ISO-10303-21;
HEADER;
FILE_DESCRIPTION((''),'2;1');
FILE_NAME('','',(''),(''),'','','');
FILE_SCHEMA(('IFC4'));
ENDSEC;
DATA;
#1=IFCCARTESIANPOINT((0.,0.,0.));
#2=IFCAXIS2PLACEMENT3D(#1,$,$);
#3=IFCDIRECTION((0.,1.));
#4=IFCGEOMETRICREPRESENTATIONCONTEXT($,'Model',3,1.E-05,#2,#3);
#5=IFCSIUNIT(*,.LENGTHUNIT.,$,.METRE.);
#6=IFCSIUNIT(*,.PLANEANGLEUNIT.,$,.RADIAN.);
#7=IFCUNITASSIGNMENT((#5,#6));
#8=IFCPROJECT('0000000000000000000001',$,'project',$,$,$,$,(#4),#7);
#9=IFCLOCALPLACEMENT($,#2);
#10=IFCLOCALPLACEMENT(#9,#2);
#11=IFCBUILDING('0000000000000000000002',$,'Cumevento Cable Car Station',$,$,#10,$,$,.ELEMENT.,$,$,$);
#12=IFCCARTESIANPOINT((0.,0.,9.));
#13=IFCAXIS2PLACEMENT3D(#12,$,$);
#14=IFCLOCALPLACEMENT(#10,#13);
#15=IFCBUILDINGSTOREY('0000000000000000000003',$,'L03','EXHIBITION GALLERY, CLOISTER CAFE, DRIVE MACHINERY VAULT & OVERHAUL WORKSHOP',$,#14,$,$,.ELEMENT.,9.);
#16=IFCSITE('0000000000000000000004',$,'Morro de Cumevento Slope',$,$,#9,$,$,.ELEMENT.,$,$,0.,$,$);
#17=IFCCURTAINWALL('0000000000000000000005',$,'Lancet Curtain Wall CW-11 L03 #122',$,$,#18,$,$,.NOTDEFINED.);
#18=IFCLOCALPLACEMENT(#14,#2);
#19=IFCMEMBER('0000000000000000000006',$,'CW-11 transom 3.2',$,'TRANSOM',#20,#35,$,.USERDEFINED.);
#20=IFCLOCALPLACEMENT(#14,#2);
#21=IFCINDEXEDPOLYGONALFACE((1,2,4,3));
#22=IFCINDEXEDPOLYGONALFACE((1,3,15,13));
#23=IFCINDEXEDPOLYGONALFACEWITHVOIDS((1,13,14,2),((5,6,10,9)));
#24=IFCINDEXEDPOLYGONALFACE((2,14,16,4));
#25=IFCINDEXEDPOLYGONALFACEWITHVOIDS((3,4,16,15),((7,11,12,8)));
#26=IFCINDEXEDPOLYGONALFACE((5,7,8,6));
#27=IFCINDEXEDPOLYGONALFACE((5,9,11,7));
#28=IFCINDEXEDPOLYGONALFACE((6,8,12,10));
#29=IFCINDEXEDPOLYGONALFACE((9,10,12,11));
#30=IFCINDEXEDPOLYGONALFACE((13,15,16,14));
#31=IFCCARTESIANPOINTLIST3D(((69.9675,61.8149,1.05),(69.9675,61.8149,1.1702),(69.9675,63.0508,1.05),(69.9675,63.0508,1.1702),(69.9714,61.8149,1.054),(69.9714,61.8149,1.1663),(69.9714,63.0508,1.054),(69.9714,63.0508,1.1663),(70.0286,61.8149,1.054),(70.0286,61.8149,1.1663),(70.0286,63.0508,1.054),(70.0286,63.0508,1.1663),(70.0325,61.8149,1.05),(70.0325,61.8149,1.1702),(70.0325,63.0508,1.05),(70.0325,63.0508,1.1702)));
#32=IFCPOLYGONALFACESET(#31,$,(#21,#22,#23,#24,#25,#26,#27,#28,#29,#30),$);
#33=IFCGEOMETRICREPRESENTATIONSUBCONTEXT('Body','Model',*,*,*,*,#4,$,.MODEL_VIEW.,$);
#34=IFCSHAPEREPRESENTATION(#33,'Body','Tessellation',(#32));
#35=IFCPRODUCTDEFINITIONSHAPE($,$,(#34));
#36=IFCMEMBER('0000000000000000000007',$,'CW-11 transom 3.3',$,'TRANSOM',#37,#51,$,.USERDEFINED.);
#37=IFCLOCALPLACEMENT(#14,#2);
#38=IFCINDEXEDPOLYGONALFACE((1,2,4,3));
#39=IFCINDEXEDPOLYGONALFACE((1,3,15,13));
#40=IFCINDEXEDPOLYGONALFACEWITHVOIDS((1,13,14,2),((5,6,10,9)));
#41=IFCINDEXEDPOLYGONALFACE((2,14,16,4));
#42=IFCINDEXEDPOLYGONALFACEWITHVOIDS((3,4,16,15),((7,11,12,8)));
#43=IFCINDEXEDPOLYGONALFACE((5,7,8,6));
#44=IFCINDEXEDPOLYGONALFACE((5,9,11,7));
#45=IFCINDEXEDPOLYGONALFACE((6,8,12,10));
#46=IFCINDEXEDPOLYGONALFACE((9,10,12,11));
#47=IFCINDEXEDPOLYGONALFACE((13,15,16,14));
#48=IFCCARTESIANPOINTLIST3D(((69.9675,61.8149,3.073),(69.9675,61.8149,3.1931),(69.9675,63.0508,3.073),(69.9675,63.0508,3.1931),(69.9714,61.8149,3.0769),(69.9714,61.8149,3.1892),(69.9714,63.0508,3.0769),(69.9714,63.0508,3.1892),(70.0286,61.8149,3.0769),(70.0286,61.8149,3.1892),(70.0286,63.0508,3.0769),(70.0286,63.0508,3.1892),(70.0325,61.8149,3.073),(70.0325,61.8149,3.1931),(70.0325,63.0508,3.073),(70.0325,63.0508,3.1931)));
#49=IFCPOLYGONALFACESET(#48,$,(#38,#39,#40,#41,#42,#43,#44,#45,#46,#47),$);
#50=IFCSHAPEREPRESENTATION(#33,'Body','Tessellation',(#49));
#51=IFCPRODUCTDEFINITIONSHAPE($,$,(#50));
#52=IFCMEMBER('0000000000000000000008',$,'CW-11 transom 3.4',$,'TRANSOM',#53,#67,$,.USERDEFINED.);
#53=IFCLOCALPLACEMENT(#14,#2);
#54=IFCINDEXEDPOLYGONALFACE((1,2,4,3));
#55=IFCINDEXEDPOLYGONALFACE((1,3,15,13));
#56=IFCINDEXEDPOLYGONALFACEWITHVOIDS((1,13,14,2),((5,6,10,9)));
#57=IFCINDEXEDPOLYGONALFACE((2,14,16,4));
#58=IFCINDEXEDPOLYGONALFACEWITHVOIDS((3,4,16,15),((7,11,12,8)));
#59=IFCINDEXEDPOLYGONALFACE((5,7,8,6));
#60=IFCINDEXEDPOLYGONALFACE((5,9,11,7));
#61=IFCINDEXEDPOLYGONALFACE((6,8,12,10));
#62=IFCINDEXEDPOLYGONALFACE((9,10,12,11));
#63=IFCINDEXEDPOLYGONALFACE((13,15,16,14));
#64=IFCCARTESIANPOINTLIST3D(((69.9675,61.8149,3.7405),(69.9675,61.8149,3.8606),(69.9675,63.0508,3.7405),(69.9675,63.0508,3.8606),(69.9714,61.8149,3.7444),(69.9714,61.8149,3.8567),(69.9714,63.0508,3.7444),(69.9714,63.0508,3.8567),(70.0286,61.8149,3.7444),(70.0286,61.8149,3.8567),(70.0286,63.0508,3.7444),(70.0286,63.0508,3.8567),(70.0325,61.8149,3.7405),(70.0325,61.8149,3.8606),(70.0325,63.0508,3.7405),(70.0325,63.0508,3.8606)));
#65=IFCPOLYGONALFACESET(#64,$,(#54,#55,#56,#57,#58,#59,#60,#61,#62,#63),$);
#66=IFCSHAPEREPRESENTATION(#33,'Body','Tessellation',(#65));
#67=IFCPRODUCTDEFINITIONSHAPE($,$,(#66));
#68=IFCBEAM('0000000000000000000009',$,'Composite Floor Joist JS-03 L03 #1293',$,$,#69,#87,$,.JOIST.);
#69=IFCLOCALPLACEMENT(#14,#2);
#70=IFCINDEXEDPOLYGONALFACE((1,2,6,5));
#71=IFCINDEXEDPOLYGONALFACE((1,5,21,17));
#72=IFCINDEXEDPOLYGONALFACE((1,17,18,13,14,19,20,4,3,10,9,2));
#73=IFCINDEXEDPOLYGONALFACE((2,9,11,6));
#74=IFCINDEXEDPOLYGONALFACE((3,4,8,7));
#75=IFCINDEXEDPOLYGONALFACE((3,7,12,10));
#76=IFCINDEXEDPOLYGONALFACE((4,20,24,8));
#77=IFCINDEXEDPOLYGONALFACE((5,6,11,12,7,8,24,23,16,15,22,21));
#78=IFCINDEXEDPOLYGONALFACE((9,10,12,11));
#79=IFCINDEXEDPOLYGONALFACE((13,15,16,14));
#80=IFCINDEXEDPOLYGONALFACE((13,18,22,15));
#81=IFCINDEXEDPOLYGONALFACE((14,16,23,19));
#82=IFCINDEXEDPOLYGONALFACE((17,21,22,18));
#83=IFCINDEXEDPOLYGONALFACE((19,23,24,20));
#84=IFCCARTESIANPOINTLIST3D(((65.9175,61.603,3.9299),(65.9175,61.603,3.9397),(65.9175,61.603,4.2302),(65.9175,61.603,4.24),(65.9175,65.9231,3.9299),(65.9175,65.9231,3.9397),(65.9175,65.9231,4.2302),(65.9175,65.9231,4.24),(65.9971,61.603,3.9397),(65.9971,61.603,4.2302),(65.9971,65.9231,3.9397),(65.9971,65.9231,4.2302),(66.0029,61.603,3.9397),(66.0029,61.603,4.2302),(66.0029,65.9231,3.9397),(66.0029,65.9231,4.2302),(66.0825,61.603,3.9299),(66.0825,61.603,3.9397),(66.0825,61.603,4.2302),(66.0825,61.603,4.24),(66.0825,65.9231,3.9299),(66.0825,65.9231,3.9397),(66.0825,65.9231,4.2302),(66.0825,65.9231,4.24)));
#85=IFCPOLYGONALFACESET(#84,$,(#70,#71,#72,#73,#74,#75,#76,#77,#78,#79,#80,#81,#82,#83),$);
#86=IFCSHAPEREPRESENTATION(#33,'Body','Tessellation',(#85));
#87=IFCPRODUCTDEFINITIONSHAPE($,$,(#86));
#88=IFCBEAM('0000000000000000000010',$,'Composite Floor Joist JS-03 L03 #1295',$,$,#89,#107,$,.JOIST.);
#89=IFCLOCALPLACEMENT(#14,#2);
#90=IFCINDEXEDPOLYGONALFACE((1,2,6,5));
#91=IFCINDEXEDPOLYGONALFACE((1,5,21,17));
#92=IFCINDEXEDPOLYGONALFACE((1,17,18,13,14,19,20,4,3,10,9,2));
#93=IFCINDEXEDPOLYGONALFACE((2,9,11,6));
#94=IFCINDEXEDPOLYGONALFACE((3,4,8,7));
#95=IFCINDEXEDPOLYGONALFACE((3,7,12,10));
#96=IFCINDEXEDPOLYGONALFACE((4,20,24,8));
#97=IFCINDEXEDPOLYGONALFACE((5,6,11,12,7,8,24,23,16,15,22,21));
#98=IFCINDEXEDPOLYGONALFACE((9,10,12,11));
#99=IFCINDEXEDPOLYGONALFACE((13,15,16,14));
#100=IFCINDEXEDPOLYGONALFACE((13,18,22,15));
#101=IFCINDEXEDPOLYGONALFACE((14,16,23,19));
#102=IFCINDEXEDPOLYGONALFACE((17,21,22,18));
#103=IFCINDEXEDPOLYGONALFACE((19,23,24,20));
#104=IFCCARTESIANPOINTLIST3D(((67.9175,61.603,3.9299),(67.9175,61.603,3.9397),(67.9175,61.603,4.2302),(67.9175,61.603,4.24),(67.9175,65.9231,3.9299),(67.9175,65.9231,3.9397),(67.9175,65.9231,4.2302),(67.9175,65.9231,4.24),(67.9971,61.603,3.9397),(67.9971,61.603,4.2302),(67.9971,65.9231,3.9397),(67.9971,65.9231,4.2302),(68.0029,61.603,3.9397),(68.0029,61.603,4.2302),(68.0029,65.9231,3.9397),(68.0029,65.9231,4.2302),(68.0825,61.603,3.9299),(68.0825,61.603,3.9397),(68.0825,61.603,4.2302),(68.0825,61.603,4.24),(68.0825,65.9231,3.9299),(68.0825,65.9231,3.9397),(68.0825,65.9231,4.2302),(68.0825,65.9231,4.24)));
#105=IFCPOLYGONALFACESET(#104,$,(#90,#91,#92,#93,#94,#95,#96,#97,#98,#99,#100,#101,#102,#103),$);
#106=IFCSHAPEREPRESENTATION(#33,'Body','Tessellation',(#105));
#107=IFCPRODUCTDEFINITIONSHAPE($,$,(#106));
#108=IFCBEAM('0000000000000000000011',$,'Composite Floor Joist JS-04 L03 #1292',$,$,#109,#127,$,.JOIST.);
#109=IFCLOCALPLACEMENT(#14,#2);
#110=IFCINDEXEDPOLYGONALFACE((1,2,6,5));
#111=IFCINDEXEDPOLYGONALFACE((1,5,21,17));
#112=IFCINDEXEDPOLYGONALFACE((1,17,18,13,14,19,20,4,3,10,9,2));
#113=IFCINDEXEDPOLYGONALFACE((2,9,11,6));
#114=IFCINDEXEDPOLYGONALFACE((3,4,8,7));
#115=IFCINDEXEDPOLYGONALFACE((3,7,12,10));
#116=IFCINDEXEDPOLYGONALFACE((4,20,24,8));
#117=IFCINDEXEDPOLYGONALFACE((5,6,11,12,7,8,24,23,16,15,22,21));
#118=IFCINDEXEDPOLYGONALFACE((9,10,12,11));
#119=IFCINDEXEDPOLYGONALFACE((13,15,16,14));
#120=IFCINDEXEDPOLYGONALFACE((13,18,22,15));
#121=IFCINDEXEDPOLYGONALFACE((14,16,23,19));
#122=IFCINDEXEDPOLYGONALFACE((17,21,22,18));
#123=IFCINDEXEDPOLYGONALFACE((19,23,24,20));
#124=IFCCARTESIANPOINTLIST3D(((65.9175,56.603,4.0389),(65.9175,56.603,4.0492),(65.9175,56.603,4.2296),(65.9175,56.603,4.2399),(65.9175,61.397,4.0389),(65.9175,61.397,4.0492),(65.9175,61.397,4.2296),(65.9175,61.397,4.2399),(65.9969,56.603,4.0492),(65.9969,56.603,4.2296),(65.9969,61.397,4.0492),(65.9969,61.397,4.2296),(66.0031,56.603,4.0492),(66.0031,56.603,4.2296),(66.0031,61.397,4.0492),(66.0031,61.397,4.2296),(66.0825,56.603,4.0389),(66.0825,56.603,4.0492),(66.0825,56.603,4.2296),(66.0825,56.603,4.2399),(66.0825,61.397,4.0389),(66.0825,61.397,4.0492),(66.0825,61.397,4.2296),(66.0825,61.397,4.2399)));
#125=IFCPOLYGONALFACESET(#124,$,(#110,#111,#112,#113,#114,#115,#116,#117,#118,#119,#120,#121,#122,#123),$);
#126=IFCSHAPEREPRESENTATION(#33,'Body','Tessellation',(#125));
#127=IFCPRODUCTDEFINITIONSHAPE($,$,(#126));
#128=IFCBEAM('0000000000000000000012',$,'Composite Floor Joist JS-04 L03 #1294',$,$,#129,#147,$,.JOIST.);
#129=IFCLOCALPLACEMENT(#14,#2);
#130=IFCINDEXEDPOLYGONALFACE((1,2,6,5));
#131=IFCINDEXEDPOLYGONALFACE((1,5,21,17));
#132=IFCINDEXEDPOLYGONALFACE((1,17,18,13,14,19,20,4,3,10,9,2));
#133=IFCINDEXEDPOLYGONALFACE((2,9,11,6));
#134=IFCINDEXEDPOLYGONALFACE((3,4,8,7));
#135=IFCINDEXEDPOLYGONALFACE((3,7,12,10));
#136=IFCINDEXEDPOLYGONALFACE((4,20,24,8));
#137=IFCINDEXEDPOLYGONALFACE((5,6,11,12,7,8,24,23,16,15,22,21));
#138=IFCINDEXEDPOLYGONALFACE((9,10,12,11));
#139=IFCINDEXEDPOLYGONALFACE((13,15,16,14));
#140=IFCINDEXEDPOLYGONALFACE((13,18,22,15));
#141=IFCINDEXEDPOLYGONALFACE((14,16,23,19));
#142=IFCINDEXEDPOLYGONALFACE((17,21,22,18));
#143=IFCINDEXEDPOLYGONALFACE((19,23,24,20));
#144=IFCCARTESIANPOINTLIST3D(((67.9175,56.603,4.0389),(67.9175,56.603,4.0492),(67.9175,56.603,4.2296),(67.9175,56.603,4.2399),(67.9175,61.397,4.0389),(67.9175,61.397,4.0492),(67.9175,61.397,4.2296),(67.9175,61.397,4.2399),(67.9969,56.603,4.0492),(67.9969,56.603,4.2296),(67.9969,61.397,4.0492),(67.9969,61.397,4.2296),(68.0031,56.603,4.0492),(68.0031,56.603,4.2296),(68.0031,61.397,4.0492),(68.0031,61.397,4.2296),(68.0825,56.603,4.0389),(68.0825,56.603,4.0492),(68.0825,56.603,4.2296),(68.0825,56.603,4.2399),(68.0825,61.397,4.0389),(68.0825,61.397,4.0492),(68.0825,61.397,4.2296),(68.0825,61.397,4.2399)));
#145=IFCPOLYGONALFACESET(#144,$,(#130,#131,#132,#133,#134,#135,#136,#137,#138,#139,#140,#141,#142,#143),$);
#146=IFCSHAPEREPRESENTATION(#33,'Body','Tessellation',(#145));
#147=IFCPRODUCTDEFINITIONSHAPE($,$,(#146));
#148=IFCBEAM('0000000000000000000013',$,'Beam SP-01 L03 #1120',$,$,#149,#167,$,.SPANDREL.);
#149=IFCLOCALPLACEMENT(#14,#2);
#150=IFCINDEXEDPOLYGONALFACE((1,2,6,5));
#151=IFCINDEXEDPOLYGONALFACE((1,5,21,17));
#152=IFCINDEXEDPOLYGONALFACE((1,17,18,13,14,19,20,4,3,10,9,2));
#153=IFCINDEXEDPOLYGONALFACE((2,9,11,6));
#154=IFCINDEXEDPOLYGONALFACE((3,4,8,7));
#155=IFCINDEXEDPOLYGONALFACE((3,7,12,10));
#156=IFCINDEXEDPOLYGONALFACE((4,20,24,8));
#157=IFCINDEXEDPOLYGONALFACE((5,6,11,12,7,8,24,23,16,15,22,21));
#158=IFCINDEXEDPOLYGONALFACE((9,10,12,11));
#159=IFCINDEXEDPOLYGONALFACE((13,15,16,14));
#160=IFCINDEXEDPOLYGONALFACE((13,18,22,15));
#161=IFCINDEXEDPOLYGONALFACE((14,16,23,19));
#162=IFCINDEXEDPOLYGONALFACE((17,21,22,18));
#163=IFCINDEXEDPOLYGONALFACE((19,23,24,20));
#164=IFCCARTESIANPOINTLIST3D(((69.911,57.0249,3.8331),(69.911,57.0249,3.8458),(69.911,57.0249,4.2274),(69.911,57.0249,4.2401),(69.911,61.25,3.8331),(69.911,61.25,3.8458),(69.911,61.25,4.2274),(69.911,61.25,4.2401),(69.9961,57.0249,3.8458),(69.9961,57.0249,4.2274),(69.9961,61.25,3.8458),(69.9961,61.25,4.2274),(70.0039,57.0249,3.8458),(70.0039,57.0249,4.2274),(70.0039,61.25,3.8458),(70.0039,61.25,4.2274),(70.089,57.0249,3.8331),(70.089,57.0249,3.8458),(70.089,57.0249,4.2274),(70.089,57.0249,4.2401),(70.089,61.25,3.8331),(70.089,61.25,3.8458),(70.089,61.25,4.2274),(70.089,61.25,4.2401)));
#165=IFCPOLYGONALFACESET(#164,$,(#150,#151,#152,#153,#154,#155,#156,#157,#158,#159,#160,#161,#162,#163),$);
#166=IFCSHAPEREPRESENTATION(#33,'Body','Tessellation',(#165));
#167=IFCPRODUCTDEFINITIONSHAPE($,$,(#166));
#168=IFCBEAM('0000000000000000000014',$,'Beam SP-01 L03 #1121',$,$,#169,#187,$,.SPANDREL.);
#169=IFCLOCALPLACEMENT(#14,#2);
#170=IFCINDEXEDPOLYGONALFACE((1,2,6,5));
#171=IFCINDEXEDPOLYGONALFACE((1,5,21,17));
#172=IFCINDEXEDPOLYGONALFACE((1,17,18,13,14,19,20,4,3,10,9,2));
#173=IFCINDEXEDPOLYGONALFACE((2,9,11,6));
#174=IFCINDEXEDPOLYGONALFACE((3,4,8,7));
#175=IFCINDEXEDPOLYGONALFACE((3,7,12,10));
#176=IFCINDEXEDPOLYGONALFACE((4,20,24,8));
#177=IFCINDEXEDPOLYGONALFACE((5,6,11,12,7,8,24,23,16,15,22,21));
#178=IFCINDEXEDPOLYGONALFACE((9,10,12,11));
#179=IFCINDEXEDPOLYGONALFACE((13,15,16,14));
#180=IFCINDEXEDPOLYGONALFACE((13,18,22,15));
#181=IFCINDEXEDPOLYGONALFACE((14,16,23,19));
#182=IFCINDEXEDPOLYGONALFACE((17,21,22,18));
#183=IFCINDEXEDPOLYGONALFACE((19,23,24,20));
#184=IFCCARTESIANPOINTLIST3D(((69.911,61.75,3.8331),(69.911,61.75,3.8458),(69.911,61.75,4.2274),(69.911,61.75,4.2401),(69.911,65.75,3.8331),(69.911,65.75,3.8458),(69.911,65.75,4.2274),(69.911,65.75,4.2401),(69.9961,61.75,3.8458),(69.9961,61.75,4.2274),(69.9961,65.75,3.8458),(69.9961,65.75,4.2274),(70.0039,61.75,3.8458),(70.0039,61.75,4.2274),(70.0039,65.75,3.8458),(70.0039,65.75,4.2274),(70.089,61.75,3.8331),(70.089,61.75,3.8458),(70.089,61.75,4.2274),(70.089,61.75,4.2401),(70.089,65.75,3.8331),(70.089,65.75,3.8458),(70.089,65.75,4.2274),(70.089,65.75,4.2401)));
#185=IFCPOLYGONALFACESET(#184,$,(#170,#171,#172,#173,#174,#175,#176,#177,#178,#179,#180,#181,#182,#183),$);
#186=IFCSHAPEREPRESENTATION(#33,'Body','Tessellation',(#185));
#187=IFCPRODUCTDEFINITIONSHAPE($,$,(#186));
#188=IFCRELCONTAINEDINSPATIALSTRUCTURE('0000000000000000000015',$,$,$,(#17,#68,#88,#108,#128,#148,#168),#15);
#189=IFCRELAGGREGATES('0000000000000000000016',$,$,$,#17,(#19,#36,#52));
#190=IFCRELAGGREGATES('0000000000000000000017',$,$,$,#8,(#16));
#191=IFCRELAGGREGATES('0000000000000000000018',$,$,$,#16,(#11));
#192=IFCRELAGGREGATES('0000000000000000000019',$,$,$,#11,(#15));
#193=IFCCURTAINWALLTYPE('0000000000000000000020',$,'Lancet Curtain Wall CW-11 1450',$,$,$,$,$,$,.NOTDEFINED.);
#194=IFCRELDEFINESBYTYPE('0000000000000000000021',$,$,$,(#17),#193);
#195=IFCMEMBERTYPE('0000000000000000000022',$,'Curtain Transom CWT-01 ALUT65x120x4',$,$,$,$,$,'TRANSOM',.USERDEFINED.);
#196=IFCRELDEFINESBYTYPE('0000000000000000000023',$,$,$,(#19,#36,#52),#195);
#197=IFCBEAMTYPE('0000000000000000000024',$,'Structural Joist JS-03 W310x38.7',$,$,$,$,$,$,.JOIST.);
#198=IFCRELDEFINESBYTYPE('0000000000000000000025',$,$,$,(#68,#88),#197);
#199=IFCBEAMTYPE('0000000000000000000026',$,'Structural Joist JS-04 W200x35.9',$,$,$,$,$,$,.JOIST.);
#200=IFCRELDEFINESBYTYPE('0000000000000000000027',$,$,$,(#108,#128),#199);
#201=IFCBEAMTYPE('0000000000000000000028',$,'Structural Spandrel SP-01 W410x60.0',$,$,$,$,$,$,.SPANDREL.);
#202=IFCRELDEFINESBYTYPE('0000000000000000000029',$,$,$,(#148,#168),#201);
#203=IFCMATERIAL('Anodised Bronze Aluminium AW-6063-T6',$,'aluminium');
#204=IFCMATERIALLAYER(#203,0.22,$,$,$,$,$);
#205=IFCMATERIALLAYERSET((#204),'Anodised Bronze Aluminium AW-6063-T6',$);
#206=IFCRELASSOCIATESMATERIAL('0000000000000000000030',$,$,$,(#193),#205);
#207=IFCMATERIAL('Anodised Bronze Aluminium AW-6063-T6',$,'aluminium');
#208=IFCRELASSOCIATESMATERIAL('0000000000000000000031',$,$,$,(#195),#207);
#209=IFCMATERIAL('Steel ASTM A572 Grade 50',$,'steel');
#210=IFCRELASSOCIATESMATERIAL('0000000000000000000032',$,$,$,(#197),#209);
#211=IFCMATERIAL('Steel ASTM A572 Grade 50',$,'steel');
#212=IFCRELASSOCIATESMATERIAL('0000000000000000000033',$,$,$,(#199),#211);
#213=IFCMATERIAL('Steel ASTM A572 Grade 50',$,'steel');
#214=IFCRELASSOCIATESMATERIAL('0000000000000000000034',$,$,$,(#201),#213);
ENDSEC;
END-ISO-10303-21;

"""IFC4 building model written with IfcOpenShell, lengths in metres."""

from ifc_helpers import new_model, si_unit, direction, frame, origin, origin_2d, place, context, subcontext, project, spatial, hollow_rectangle, i_section, extrude, material, layer, layer_set, material_profile, profile_set, type_object, element, aggregate, save


model = new_model("IFC4")

# Units and contexts
model_context = context("Model", 3, precision=1e-05, world=origin(), true_north=direction((0.0, 1.0)))
body_context = subcontext(model_context, "Body", "Model", "MODEL_VIEW")
ifc_project = project(units=[si_unit("LENGTHUNIT", "METRE"), si_unit("PLANEANGLEUNIT", "RADIAN")], contexts=[model_context])

# Site, building, storey
site_placement = place(None, origin())
site = spatial("IfcSite", under=ifc_project, at=site_placement, Name="Morro de Cumevento Slope", CompositionType="ELEMENT", RefElevation=0.0)
building_placement = place(site_placement, origin())
building = spatial("IfcBuilding", under=site, at=building_placement, Name="Cumevento Cable Car Station", CompositionType="ELEMENT")
storey_placement = place(building_placement, frame((0.0, 0.0, 9.0)))
storey = spatial("IfcBuildingStorey", under=building, at=storey_placement, Name="L03", Description="EXHIBITION GALLERY, CLOISTER CAFE, DRIVE MACHINERY VAULT & OVERHAUL WORKSHOP", CompositionType="ELEMENT", Elevation=9.0)

# Curtain wall, members
ifc_material_1 = material(Name="Anodised Bronze Aluminium AW-6063-T6", Category="aluminium")
ifc_layer_1 = layer(ifc_material_1, 0.22)
ifc_layer_set_1 = layer_set([ifc_layer_1], Name="Anodised Bronze Aluminium AW-6063-T6")
curtain_wall_type = type_object("IfcCurtainWallType", Name="Lancet Curtain Wall CW-11 1450", PredefinedType="NOTDEFINED", material=ifc_layer_set_1)
curtain_wall_placement = place(storey_placement, origin())
curtain_wall = element("IfcCurtainWall", 1, at=curtain_wall_placement, inside=storey, type_object=curtain_wall_type, Name="Lancet Curtain Wall CW-11 L03 #122", PredefinedType="NOTDEFINED")
ifc_material_2 = material(Name="Anodised Bronze Aluminium AW-6063-T6", Category="aluminium")
ifc_material_profile_1 = material_profile(ifc_material_2, hollow_rectangle(XDim=0.0649, YDim=0.1201, WallThickness=0.0039, at=origin_2d()), Name="ALUT65x120x4")
ifc_profile_set_1 = profile_set([ifc_material_profile_1], Name="Anodised Bronze Aluminium AW-6063-T6")
member_type_1 = type_object("IfcMemberType", Name="Curtain Transom CWT-01 ALUT65x120x4", ElementType="TRANSOM", PredefinedType="USERDEFINED", material=ifc_profile_set_1)
member_1_placement = place(storey_placement, frame((70.0, 63.0508, 1.1101), z_axis=(0.0, -1.0, 0.0), x_axis=(1.0, 0.0, 0.0)))
member_1 = element("IfcMember", 2, at=member_1_placement, type_object=member_type_1, Name="CW-11 transom 3.2", ObjectType="TRANSOM", PredefinedType="USERDEFINED", context=body_context, shape_type="SweptSolid", body=[
    extrude(hollow_rectangle(XDim=0.0649, YDim=0.1201, WallThickness=0.0039, at=origin_2d()), origin(), (0.0, 0.0, 1.0), 1.2358),
])
member_2_placement = place(storey_placement, frame((70.0, 63.0508, 3.1331), z_axis=(0.0, -1.0, 0.0), x_axis=(1.0, 0.0, 0.0)))
member_2 = element("IfcMember", 3, at=member_2_placement, type_object=member_type_1, Name="CW-11 transom 3.3", ObjectType="TRANSOM", PredefinedType="USERDEFINED", context=body_context, shape_type="SweptSolid", body=[
    extrude(hollow_rectangle(XDim=0.0649, YDim=0.1201, WallThickness=0.0039, at=origin_2d()), origin(), (0.0, 0.0, 1.0), 1.2358),
])
member_3_placement = place(storey_placement, frame((70.0, 63.0508, 3.8005), z_axis=(0.0, -1.0, 0.0), x_axis=(1.0, 0.0, 0.0)))
member_3 = element("IfcMember", 4, at=member_3_placement, type_object=member_type_1, Name="CW-11 transom 3.4", ObjectType="TRANSOM", PredefinedType="USERDEFINED", context=body_context, shape_type="SweptSolid", body=[
    extrude(hollow_rectangle(XDim=0.0649, YDim=0.1201, WallThickness=0.0039, at=origin_2d()), origin(), (0.0, 0.0, 1.0), 1.2358),
])

# Beams
ifc_material_3 = material(Name="Steel ASTM A572 Grade 50", Category="steel")
ifc_material_profile_2 = material_profile(ifc_material_3, i_section(OverallWidth=0.165, OverallDepth=0.3101, WebThickness=0.0059, FlangeThickness=0.0098, at=origin_2d()), Name="W310x38.7")
ifc_profile_set_2 = profile_set([ifc_material_profile_2], Name="Steel ASTM A572 Grade 50")
beam_type_1 = type_object("IfcBeamType", Name="Structural Joist JS-03 W310x38.7", PredefinedType="JOIST", material=ifc_profile_set_2)
for number, where, z_axis, x_axis, name in (
    (5, (66.0, 61.603, 4.085), (0.0, 1.0, 0.0), (-1.0, 0.0, 0.0), "Composite Floor Joist JS-03 L03 #1293"),
    (6, (68.0, 61.603, 4.085), (0.0, 1.0, 0.0), (-1.0, 0.0, 0.0), "Composite Floor Joist JS-03 L03 #1295"),
):
    element("IfcBeam", number, at=place(storey_placement, frame(where, z_axis=z_axis, x_axis=x_axis)), inside=storey, type_object=beam_type_1, Name=name, PredefinedType="JOIST", context=body_context, shape_type="SweptSolid", body=[
        extrude(i_section(OverallWidth=0.165, OverallDepth=0.3101, WebThickness=0.0059, FlangeThickness=0.0098, at=origin_2d()), origin(), (0.0, 0.0, 1.0), 4.3201),
    ])
ifc_material_4 = material(Name="Steel ASTM A572 Grade 50", Category="steel")
ifc_material_profile_3 = material_profile(ifc_material_4, i_section(OverallWidth=0.165, OverallDepth=0.2009, WebThickness=0.0061, FlangeThickness=0.0103, at=origin_2d()), Name="W200x35.9")
ifc_profile_set_3 = profile_set([ifc_material_profile_3], Name="Steel ASTM A572 Grade 50")
beam_type_2 = type_object("IfcBeamType", Name="Structural Joist JS-04 W200x35.9", PredefinedType="JOIST", material=ifc_profile_set_3)
for number, where, z_axis, x_axis, name in (
    (7, (66.0, 56.603, 4.1394), (0.0, 1.0, 0.0), (-1.0, 0.0, 0.0), "Composite Floor Joist JS-04 L03 #1292"),
    (8, (68.0, 56.603, 4.1394), (0.0, 1.0, 0.0), (-1.0, 0.0, 0.0), "Composite Floor Joist JS-04 L03 #1294"),
):
    element("IfcBeam", number, at=place(storey_placement, frame(where, z_axis=z_axis, x_axis=x_axis)), inside=storey, type_object=beam_type_2, Name=name, PredefinedType="JOIST", context=body_context, shape_type="SweptSolid", body=[
        extrude(i_section(OverallWidth=0.165, OverallDepth=0.2009, WebThickness=0.0061, FlangeThickness=0.0103, at=origin_2d()), origin(), (0.0, 0.0, 1.0), 4.7939),
    ])
ifc_material_5 = material(Name="Steel ASTM A572 Grade 50", Category="steel")
ifc_material_profile_4 = material_profile(ifc_material_5, i_section(OverallWidth=0.178, OverallDepth=0.407, WebThickness=0.0078, FlangeThickness=0.0127, at=origin_2d()), Name="W410x60.0")
ifc_profile_set_4 = profile_set([ifc_material_profile_4], Name="Steel ASTM A572 Grade 50")
beam_type_3 = type_object("IfcBeamType", Name="Structural Spandrel SP-01 W410x60.0", PredefinedType="SPANDREL", material=ifc_profile_set_4)
beam_1_placement = place(storey_placement, frame((70.0, 57.0249, 4.0366), z_axis=(0.0, 1.0, 0.0), x_axis=(-1.0, 0.0, 0.0)))
element("IfcBeam", 9, at=beam_1_placement, inside=storey, type_object=beam_type_3, Name="Beam SP-01 L03 #1120", PredefinedType="SPANDREL", context=body_context, shape_type="SweptSolid", body=[
    extrude(i_section(OverallWidth=0.178, OverallDepth=0.407, WebThickness=0.0078, FlangeThickness=0.0127, at=origin_2d()), origin(), (0.0, 0.0, 1.0), 4.2251),
])
beam_2_placement = place(storey_placement, frame((70.0, 61.75, 4.0366), z_axis=(0.0, 1.0, 0.0), x_axis=(-1.0, 0.0, 0.0)))
element("IfcBeam", 10, at=beam_2_placement, inside=storey, type_object=beam_type_3, Name="Beam SP-01 L03 #1121", PredefinedType="SPANDREL", context=body_context, shape_type="SweptSolid", body=[
    extrude(i_section(OverallWidth=0.178, OverallDepth=0.407, WebThickness=0.0078, FlangeThickness=0.0127, at=origin_2d()), origin(), (0.0, 0.0, 1.0), 4.0),
])

aggregate(curtain_wall, [member_1, member_2, member_3])

save(model, "model.ifc")
